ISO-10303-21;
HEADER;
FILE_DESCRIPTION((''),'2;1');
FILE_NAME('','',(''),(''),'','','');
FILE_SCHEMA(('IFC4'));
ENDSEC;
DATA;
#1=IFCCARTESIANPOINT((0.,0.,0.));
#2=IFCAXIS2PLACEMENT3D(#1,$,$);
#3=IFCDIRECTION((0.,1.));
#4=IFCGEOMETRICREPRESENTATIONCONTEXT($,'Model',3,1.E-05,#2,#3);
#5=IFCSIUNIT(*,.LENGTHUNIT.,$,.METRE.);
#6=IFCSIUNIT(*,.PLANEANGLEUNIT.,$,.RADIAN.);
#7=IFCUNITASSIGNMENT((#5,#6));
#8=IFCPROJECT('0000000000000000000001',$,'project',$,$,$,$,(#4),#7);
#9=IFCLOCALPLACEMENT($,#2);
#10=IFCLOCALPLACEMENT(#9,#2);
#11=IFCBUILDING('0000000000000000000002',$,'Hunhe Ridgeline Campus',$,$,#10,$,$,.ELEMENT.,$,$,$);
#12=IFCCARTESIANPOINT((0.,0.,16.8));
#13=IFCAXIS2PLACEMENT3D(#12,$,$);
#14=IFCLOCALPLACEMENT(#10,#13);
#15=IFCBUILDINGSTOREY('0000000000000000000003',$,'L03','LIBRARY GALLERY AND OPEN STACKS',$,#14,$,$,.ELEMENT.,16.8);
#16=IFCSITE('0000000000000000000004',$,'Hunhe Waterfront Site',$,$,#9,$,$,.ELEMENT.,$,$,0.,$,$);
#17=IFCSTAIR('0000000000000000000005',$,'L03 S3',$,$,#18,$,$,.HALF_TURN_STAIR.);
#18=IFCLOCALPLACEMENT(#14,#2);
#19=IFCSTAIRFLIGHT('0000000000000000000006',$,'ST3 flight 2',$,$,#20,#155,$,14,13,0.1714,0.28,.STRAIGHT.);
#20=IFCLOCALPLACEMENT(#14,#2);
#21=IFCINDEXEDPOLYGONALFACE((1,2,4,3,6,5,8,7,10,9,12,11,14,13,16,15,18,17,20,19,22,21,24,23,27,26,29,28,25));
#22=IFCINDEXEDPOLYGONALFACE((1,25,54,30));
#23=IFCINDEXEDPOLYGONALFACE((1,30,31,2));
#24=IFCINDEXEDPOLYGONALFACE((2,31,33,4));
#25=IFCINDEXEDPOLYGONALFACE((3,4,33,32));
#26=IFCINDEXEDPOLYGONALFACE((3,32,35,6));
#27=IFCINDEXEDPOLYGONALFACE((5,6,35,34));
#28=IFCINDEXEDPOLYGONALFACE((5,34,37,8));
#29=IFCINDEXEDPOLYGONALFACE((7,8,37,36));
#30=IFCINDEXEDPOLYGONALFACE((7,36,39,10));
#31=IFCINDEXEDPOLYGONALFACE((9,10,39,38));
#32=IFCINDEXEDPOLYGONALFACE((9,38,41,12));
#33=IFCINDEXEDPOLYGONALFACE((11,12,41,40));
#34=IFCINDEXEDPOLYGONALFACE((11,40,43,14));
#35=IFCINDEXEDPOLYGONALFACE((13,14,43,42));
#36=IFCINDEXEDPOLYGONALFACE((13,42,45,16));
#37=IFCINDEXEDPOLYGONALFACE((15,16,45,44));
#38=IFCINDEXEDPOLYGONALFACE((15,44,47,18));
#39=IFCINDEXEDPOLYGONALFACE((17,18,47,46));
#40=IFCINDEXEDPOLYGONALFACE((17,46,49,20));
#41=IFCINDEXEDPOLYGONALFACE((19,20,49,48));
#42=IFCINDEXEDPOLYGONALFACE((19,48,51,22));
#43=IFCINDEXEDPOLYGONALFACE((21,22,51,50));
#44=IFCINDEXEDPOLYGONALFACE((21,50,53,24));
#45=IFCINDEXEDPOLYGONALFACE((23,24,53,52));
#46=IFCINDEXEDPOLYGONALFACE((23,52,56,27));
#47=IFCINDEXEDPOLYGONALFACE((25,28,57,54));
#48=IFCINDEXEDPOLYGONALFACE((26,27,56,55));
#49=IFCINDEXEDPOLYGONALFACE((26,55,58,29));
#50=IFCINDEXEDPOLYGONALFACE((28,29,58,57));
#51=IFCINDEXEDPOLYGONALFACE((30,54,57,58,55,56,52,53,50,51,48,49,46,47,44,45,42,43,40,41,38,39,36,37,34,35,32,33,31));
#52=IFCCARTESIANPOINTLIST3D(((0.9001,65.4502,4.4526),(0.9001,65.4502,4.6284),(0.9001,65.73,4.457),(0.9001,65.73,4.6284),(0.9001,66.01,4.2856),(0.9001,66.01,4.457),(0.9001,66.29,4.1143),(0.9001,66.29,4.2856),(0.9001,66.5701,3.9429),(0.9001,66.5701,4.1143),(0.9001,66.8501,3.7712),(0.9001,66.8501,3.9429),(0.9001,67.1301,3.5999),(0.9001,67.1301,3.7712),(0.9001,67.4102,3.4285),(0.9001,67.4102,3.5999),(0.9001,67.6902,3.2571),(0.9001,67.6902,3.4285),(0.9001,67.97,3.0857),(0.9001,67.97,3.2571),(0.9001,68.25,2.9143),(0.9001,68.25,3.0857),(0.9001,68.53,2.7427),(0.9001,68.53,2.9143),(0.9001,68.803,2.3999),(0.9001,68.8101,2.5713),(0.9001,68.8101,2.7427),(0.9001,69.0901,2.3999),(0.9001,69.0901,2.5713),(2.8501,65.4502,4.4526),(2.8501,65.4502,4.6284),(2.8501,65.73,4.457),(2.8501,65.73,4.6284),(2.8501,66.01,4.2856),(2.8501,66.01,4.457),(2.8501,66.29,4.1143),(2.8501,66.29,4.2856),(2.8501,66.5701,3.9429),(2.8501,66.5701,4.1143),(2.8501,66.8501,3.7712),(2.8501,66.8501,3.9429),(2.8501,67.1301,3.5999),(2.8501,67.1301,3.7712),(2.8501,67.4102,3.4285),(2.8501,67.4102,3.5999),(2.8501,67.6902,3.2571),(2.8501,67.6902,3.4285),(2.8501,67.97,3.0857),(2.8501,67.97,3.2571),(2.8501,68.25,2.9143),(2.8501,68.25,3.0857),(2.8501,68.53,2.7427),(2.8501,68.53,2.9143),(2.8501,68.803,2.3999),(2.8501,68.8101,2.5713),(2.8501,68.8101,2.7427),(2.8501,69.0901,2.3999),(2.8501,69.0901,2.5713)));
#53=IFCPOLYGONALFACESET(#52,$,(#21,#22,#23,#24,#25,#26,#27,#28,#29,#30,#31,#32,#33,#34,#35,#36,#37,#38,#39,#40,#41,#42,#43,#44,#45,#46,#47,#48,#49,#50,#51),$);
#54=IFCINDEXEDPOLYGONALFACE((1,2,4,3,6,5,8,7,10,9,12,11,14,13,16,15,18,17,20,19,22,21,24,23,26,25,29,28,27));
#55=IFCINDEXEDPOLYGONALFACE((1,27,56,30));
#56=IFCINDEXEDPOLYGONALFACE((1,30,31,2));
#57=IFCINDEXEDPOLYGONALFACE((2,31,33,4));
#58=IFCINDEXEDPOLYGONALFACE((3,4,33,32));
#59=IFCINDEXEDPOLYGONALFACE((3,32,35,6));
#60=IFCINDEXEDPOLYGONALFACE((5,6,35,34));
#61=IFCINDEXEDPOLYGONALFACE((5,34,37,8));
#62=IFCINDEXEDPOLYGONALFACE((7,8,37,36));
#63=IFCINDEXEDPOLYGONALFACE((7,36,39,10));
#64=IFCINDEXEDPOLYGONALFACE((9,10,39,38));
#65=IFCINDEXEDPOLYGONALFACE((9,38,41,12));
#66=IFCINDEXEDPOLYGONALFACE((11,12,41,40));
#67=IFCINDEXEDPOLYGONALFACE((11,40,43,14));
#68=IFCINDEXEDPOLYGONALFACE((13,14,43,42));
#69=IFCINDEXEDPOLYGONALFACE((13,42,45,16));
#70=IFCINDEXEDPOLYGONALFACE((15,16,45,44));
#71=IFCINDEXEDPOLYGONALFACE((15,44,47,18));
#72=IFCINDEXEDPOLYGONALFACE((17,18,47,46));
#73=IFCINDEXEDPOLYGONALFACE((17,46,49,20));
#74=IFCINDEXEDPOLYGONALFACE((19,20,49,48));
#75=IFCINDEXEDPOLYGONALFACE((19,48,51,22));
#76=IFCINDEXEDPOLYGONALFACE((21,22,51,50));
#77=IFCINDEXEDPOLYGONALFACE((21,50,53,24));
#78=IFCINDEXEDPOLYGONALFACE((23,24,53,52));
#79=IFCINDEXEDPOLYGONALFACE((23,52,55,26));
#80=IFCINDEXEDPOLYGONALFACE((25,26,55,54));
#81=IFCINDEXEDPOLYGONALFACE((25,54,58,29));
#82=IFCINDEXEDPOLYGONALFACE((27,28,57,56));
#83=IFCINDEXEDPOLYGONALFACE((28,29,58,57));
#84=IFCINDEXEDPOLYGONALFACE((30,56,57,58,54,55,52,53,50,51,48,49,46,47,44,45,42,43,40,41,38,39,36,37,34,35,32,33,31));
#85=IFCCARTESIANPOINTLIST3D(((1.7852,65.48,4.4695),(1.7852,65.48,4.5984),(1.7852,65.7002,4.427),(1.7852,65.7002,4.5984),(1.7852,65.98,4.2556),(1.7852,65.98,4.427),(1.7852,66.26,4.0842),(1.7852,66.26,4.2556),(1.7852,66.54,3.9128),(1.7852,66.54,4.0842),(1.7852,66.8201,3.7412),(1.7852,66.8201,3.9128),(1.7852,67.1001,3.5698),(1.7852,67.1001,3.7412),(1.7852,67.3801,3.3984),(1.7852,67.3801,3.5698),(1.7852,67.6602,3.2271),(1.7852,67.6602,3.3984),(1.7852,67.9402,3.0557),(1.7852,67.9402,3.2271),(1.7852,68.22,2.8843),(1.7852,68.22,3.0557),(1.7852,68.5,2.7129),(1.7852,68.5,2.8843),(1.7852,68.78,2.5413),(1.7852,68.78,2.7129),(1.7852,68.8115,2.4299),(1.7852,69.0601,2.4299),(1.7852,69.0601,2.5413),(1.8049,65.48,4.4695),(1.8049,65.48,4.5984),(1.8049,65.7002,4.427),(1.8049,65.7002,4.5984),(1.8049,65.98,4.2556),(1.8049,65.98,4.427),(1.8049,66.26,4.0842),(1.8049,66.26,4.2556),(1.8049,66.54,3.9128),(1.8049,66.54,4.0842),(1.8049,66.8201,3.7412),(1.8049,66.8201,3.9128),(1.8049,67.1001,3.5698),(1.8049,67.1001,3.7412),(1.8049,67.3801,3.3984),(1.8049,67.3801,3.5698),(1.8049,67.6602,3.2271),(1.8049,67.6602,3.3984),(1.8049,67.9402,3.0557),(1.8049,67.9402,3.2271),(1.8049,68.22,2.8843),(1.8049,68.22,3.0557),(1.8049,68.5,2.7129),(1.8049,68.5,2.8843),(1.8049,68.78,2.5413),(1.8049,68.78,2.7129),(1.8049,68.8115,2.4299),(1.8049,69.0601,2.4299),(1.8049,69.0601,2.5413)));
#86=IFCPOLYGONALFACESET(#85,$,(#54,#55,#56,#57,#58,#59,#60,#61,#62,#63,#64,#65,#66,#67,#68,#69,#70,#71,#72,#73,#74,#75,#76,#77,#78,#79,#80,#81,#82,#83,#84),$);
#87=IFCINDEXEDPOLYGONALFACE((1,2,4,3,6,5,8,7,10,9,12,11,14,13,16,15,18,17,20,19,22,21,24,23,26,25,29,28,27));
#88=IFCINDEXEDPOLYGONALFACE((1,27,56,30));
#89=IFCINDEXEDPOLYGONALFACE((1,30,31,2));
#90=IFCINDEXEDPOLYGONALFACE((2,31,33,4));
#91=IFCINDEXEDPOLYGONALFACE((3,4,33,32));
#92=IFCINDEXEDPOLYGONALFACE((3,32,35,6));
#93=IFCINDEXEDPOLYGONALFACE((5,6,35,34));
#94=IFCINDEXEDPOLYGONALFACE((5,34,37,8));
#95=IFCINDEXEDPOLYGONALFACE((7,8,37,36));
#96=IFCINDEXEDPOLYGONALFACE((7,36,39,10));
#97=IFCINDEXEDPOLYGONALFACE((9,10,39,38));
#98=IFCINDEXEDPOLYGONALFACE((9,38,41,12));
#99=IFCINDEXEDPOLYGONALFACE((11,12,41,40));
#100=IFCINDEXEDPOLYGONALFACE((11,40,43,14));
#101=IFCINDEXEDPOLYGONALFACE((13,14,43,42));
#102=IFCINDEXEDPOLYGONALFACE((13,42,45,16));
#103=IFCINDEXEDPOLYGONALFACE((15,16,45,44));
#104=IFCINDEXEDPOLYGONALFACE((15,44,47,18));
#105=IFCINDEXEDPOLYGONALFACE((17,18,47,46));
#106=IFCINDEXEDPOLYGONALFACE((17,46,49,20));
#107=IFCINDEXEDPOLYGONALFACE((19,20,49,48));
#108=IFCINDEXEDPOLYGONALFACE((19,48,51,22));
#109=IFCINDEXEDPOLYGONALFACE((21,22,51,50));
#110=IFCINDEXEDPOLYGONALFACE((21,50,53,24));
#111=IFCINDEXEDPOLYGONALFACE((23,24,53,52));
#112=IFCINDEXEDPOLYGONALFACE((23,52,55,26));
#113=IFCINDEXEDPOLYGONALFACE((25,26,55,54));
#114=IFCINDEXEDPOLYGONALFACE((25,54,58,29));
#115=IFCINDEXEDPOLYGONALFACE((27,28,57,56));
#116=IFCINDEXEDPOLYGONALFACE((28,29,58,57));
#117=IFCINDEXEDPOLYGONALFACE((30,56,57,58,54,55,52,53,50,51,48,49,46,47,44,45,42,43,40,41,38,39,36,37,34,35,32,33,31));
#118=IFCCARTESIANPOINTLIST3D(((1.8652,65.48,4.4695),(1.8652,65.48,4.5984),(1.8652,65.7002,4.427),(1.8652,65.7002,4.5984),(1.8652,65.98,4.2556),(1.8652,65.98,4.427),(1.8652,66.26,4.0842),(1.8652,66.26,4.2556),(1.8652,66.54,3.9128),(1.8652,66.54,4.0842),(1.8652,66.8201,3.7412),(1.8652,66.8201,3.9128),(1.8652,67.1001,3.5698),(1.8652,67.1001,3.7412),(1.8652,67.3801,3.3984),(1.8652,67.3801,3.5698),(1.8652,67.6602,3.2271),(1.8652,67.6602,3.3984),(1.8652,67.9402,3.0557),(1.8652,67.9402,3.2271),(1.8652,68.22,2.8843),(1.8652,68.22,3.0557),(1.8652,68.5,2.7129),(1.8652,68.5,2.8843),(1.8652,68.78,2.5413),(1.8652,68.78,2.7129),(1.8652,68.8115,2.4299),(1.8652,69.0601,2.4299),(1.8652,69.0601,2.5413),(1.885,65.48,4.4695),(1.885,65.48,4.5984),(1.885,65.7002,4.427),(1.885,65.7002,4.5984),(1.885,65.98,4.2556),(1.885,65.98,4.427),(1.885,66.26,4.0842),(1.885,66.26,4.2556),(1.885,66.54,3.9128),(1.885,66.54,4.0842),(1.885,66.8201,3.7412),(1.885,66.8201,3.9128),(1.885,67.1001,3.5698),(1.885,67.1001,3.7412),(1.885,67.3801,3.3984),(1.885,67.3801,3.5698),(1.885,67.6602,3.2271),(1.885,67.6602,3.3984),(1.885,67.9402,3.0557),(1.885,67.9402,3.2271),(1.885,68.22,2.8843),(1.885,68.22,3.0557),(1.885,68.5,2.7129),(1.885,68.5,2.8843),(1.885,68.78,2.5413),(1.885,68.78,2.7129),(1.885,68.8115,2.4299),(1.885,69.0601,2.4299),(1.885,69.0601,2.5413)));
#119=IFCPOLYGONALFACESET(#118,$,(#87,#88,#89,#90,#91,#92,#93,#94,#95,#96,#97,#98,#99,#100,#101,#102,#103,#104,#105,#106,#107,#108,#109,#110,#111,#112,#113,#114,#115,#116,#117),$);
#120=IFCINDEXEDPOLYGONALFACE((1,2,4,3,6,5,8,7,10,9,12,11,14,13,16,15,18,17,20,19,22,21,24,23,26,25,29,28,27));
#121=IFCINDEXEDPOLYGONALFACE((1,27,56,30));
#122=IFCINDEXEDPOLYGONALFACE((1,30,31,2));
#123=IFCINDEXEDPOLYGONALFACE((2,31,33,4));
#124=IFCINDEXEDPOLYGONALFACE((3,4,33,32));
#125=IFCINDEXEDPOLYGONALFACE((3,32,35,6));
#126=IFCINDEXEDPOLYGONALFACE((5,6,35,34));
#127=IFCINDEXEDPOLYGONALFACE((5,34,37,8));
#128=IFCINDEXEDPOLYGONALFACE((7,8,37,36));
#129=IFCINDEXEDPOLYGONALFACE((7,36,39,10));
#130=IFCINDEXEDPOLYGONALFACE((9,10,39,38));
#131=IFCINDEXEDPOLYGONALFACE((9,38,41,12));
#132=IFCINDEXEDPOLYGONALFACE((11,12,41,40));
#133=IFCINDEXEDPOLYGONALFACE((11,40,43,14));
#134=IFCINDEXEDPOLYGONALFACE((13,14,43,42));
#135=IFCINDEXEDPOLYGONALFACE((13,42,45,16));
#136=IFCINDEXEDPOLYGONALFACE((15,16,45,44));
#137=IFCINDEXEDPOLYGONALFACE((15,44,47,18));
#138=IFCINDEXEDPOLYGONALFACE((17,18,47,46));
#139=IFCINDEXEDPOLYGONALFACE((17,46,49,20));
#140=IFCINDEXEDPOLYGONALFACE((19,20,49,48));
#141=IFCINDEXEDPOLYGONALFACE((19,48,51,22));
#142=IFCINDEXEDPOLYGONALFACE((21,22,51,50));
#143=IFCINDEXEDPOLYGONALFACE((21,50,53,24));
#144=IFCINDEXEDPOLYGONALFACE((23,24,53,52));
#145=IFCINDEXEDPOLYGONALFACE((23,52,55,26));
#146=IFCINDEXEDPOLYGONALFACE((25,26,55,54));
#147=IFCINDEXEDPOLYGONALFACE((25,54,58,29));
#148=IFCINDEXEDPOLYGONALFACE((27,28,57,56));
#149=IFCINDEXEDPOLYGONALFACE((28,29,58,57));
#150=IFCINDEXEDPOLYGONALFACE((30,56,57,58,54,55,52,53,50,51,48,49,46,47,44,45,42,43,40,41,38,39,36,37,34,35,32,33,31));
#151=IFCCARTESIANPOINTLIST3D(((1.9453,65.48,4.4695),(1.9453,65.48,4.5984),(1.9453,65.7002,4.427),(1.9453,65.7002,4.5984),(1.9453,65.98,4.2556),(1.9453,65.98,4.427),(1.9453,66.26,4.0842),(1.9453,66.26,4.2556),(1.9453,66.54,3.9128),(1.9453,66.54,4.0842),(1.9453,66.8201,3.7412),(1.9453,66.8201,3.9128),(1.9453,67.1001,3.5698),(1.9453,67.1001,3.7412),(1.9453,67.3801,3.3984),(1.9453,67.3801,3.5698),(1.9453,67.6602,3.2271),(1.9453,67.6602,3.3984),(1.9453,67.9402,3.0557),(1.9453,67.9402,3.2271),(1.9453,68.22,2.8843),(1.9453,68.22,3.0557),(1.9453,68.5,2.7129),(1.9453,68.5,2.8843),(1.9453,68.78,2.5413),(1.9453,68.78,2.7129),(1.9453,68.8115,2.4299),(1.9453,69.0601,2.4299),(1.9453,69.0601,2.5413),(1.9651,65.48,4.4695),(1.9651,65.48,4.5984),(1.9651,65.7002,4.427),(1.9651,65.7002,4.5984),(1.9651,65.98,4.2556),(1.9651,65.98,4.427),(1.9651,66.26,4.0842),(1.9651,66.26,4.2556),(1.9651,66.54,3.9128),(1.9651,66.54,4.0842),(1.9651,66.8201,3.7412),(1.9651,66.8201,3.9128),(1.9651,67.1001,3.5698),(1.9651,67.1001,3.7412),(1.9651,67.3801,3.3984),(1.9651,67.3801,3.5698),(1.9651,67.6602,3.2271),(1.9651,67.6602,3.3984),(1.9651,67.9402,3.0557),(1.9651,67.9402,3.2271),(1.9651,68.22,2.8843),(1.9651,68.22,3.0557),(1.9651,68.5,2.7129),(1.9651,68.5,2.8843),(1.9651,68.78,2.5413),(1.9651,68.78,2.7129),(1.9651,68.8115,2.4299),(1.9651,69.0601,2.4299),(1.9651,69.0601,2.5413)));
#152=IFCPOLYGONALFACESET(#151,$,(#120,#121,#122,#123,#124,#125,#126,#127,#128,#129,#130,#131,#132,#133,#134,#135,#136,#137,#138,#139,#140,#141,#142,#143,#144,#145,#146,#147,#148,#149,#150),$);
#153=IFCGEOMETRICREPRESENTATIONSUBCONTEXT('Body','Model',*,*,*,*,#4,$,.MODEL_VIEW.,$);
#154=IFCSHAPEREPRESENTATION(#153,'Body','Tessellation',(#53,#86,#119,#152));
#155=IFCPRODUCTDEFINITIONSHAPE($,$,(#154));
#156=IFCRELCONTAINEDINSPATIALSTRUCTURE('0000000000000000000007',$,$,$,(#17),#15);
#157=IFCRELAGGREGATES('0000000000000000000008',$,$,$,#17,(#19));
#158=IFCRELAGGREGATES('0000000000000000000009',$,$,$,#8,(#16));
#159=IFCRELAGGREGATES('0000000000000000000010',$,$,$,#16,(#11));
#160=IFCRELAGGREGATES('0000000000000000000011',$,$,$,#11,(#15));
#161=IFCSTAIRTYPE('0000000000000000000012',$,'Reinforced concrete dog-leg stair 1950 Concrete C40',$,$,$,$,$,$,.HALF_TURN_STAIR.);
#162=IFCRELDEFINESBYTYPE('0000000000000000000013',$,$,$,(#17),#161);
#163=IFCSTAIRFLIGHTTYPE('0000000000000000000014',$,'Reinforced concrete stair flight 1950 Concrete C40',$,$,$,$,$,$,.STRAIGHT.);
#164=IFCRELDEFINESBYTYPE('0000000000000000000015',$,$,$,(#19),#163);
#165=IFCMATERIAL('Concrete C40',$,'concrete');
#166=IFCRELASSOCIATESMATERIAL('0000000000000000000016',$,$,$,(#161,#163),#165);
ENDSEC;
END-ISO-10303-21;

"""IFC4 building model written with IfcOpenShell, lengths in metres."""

from ifc_helpers import new_model, si_unit, direction, frame, origin, place, context, subcontext, project, spatial, polyline, outline, extrude, material, type_object, element, aggregate, save


model = new_model("IFC4")

# Units and contexts
model_context = context("Model", 3, precision=1e-05, world=origin(), true_north=direction((0.0, 1.0)))
body_context = subcontext(model_context, "Body", "Model", "MODEL_VIEW")
ifc_project = project(units=[si_unit("LENGTHUNIT", "METRE"), si_unit("PLANEANGLEUNIT", "RADIAN")], contexts=[model_context])

# Site, building, storey
site_placement = place(None, origin())
site = spatial("IfcSite", under=ifc_project, at=site_placement, Name="Hunhe Waterfront Site", CompositionType="ELEMENT", RefElevation=0.0)
building_placement = place(site_placement, origin())
building = spatial("IfcBuilding", under=site, at=building_placement, Name="Hunhe Ridgeline Campus", CompositionType="ELEMENT")
storey_placement = place(building_placement, frame((0.0, 0.0, 16.8)))
storey = spatial("IfcBuildingStorey", under=building, at=storey_placement, Name="L03", Description="LIBRARY GALLERY AND OPEN STACKS", CompositionType="ELEMENT", Elevation=16.8)

# Stair, stair flight
ifc_material_1 = material(Name="Concrete C40", Category="concrete")
stair_type = type_object("IfcStairType", Name="Reinforced concrete dog-leg stair 1950 Concrete C40", PredefinedType="HALF_TURN_STAIR", material=ifc_material_1)
stair_1_placement = place(storey_placement, origin())
stair_1 = element("IfcStair", 1, at=stair_1_placement, inside=storey, type_object=stair_type, Name="L03 S3", PredefinedType="HALF_TURN_STAIR")
stair_flight_type = type_object("IfcStairFlightType", Name="Reinforced concrete stair flight 1950 Concrete C40", PredefinedType="STRAIGHT", material=ifc_material_1)
stair_flight_1_placement = place(storey_placement, frame((1.875, 69.0901, 2.3999), z_axis=(0.0, 0.0, 1.0), x_axis=(0.0, -1.0, 0.0)))
stair_flight_1 = element("IfcStairFlight", 2, at=stair_flight_1_placement, type_object=stair_flight_type, Name="ST3 flight 2", NumberOfRisers=14, NumberOfTreads=13, PredefinedType="STRAIGHT", RiserHeight=0.1714, TreadLength=0.28, context=body_context, shape_type="SweptSolid", body=[
    extrude(outline(polyline([(0.0, 0.0), (0.0, 0.1714), (0.28, 0.1714), (0.28, 0.3428), (0.5601, 0.3428), (0.5601, 0.5144), (0.8401, 0.5144), (0.8401, 0.6858), (1.1201, 0.6858), (1.1201, 0.8572), (1.3999, 0.8572), (1.3999, 1.0286), (1.6799, 1.0286), (1.6799, 1.2), (1.96, 1.2), (1.96, 1.3713), (2.24, 1.3713), (2.24, 1.543), (2.52, 1.543), (2.52, 1.7144), (2.8, 1.7144), (2.8, 1.8857), (3.0801, 1.8857), (3.0801, 2.0571), (3.3601, 2.0571), (3.3601, 2.2285), (3.6399, 2.2285), (3.6399, 2.3999), (3.6399, 2.0527), (0.2871, 0.0), (0.0, 0.0)])), frame((0.0, 0.9751, 0.0), z_axis=(0.0, -1.0, 0.0), x_axis=(1.0, 0.0, 0.0)), (0.0, 0.0, 1.0), 1.95),
    extrude(outline(polyline([(0.03, 0.03), (0.03, 0.1414), (0.3101, 0.1414), (0.3101, 0.313), (0.5901, 0.313), (0.5901, 0.4844), (0.8701, 0.4844), (0.8701, 0.6558), (1.1499, 0.6558), (1.1499, 0.8271), (1.4299, 0.8271), (1.4299, 0.9985), (1.71, 0.9985), (1.71, 1.1699), (1.99, 1.1699), (1.99, 1.3413), (2.27, 1.3413), (2.27, 1.5129), (2.55, 1.5129), (2.55, 1.6843), (2.8301, 1.6843), (2.8301, 1.8557), (3.1101, 1.8557), (3.1101, 2.0271), (3.3899, 2.0271), (3.3899, 2.1985), (3.6101, 2.1985), (3.6101, 2.0696), (0.2786, 0.03), (0.03, 0.03)])), frame((0.0, -0.0701, 0.0), z_axis=(0.0, -1.0, 0.0), x_axis=(1.0, 0.0, 0.0)), (0.0, 0.0, 1.0), 0.0198),
    extrude(outline(polyline([(0.03, 0.03), (0.03, 0.1414), (0.3101, 0.1414), (0.3101, 0.313), (0.5901, 0.313), (0.5901, 0.4844), (0.8701, 0.4844), (0.8701, 0.6558), (1.1499, 0.6558), (1.1499, 0.8271), (1.4299, 0.8271), (1.4299, 0.9985), (1.71, 0.9985), (1.71, 1.1699), (1.99, 1.1699), (1.99, 1.3413), (2.27, 1.3413), (2.27, 1.5129), (2.55, 1.5129), (2.55, 1.6843), (2.8301, 1.6843), (2.8301, 1.8557), (3.1101, 1.8557), (3.1101, 2.0271), (3.3899, 2.0271), (3.3899, 2.1985), (3.6101, 2.1985), (3.6101, 2.0696), (0.2786, 0.03), (0.03, 0.03)])), frame((0.0, 0.01, 0.0), z_axis=(0.0, -1.0, 0.0), x_axis=(1.0, 0.0, 0.0)), (0.0, 0.0, 1.0), 0.0198),
    extrude(outline(polyline([(0.03, 0.03), (0.03, 0.1414), (0.3101, 0.1414), (0.3101, 0.313), (0.5901, 0.313), (0.5901, 0.4844), (0.8701, 0.4844), (0.8701, 0.6558), (1.1499, 0.6558), (1.1499, 0.8271), (1.4299, 0.8271), (1.4299, 0.9985), (1.71, 0.9985), (1.71, 1.1699), (1.99, 1.1699), (1.99, 1.3413), (2.27, 1.3413), (2.27, 1.5129), (2.55, 1.5129), (2.55, 1.6843), (2.8301, 1.6843), (2.8301, 1.8557), (3.1101, 1.8557), (3.1101, 2.0271), (3.3899, 2.0271), (3.3899, 2.1985), (3.6101, 2.1985), (3.6101, 2.0696), (0.2786, 0.03), (0.03, 0.03)])), frame((0.0, 0.0901, 0.0), z_axis=(0.0, -1.0, 0.0), x_axis=(1.0, 0.0, 0.0)), (0.0, 0.0, 1.0), 0.0198),
])
aggregate(stair_1, [stair_flight_1])

save(model, "model.ifc")
